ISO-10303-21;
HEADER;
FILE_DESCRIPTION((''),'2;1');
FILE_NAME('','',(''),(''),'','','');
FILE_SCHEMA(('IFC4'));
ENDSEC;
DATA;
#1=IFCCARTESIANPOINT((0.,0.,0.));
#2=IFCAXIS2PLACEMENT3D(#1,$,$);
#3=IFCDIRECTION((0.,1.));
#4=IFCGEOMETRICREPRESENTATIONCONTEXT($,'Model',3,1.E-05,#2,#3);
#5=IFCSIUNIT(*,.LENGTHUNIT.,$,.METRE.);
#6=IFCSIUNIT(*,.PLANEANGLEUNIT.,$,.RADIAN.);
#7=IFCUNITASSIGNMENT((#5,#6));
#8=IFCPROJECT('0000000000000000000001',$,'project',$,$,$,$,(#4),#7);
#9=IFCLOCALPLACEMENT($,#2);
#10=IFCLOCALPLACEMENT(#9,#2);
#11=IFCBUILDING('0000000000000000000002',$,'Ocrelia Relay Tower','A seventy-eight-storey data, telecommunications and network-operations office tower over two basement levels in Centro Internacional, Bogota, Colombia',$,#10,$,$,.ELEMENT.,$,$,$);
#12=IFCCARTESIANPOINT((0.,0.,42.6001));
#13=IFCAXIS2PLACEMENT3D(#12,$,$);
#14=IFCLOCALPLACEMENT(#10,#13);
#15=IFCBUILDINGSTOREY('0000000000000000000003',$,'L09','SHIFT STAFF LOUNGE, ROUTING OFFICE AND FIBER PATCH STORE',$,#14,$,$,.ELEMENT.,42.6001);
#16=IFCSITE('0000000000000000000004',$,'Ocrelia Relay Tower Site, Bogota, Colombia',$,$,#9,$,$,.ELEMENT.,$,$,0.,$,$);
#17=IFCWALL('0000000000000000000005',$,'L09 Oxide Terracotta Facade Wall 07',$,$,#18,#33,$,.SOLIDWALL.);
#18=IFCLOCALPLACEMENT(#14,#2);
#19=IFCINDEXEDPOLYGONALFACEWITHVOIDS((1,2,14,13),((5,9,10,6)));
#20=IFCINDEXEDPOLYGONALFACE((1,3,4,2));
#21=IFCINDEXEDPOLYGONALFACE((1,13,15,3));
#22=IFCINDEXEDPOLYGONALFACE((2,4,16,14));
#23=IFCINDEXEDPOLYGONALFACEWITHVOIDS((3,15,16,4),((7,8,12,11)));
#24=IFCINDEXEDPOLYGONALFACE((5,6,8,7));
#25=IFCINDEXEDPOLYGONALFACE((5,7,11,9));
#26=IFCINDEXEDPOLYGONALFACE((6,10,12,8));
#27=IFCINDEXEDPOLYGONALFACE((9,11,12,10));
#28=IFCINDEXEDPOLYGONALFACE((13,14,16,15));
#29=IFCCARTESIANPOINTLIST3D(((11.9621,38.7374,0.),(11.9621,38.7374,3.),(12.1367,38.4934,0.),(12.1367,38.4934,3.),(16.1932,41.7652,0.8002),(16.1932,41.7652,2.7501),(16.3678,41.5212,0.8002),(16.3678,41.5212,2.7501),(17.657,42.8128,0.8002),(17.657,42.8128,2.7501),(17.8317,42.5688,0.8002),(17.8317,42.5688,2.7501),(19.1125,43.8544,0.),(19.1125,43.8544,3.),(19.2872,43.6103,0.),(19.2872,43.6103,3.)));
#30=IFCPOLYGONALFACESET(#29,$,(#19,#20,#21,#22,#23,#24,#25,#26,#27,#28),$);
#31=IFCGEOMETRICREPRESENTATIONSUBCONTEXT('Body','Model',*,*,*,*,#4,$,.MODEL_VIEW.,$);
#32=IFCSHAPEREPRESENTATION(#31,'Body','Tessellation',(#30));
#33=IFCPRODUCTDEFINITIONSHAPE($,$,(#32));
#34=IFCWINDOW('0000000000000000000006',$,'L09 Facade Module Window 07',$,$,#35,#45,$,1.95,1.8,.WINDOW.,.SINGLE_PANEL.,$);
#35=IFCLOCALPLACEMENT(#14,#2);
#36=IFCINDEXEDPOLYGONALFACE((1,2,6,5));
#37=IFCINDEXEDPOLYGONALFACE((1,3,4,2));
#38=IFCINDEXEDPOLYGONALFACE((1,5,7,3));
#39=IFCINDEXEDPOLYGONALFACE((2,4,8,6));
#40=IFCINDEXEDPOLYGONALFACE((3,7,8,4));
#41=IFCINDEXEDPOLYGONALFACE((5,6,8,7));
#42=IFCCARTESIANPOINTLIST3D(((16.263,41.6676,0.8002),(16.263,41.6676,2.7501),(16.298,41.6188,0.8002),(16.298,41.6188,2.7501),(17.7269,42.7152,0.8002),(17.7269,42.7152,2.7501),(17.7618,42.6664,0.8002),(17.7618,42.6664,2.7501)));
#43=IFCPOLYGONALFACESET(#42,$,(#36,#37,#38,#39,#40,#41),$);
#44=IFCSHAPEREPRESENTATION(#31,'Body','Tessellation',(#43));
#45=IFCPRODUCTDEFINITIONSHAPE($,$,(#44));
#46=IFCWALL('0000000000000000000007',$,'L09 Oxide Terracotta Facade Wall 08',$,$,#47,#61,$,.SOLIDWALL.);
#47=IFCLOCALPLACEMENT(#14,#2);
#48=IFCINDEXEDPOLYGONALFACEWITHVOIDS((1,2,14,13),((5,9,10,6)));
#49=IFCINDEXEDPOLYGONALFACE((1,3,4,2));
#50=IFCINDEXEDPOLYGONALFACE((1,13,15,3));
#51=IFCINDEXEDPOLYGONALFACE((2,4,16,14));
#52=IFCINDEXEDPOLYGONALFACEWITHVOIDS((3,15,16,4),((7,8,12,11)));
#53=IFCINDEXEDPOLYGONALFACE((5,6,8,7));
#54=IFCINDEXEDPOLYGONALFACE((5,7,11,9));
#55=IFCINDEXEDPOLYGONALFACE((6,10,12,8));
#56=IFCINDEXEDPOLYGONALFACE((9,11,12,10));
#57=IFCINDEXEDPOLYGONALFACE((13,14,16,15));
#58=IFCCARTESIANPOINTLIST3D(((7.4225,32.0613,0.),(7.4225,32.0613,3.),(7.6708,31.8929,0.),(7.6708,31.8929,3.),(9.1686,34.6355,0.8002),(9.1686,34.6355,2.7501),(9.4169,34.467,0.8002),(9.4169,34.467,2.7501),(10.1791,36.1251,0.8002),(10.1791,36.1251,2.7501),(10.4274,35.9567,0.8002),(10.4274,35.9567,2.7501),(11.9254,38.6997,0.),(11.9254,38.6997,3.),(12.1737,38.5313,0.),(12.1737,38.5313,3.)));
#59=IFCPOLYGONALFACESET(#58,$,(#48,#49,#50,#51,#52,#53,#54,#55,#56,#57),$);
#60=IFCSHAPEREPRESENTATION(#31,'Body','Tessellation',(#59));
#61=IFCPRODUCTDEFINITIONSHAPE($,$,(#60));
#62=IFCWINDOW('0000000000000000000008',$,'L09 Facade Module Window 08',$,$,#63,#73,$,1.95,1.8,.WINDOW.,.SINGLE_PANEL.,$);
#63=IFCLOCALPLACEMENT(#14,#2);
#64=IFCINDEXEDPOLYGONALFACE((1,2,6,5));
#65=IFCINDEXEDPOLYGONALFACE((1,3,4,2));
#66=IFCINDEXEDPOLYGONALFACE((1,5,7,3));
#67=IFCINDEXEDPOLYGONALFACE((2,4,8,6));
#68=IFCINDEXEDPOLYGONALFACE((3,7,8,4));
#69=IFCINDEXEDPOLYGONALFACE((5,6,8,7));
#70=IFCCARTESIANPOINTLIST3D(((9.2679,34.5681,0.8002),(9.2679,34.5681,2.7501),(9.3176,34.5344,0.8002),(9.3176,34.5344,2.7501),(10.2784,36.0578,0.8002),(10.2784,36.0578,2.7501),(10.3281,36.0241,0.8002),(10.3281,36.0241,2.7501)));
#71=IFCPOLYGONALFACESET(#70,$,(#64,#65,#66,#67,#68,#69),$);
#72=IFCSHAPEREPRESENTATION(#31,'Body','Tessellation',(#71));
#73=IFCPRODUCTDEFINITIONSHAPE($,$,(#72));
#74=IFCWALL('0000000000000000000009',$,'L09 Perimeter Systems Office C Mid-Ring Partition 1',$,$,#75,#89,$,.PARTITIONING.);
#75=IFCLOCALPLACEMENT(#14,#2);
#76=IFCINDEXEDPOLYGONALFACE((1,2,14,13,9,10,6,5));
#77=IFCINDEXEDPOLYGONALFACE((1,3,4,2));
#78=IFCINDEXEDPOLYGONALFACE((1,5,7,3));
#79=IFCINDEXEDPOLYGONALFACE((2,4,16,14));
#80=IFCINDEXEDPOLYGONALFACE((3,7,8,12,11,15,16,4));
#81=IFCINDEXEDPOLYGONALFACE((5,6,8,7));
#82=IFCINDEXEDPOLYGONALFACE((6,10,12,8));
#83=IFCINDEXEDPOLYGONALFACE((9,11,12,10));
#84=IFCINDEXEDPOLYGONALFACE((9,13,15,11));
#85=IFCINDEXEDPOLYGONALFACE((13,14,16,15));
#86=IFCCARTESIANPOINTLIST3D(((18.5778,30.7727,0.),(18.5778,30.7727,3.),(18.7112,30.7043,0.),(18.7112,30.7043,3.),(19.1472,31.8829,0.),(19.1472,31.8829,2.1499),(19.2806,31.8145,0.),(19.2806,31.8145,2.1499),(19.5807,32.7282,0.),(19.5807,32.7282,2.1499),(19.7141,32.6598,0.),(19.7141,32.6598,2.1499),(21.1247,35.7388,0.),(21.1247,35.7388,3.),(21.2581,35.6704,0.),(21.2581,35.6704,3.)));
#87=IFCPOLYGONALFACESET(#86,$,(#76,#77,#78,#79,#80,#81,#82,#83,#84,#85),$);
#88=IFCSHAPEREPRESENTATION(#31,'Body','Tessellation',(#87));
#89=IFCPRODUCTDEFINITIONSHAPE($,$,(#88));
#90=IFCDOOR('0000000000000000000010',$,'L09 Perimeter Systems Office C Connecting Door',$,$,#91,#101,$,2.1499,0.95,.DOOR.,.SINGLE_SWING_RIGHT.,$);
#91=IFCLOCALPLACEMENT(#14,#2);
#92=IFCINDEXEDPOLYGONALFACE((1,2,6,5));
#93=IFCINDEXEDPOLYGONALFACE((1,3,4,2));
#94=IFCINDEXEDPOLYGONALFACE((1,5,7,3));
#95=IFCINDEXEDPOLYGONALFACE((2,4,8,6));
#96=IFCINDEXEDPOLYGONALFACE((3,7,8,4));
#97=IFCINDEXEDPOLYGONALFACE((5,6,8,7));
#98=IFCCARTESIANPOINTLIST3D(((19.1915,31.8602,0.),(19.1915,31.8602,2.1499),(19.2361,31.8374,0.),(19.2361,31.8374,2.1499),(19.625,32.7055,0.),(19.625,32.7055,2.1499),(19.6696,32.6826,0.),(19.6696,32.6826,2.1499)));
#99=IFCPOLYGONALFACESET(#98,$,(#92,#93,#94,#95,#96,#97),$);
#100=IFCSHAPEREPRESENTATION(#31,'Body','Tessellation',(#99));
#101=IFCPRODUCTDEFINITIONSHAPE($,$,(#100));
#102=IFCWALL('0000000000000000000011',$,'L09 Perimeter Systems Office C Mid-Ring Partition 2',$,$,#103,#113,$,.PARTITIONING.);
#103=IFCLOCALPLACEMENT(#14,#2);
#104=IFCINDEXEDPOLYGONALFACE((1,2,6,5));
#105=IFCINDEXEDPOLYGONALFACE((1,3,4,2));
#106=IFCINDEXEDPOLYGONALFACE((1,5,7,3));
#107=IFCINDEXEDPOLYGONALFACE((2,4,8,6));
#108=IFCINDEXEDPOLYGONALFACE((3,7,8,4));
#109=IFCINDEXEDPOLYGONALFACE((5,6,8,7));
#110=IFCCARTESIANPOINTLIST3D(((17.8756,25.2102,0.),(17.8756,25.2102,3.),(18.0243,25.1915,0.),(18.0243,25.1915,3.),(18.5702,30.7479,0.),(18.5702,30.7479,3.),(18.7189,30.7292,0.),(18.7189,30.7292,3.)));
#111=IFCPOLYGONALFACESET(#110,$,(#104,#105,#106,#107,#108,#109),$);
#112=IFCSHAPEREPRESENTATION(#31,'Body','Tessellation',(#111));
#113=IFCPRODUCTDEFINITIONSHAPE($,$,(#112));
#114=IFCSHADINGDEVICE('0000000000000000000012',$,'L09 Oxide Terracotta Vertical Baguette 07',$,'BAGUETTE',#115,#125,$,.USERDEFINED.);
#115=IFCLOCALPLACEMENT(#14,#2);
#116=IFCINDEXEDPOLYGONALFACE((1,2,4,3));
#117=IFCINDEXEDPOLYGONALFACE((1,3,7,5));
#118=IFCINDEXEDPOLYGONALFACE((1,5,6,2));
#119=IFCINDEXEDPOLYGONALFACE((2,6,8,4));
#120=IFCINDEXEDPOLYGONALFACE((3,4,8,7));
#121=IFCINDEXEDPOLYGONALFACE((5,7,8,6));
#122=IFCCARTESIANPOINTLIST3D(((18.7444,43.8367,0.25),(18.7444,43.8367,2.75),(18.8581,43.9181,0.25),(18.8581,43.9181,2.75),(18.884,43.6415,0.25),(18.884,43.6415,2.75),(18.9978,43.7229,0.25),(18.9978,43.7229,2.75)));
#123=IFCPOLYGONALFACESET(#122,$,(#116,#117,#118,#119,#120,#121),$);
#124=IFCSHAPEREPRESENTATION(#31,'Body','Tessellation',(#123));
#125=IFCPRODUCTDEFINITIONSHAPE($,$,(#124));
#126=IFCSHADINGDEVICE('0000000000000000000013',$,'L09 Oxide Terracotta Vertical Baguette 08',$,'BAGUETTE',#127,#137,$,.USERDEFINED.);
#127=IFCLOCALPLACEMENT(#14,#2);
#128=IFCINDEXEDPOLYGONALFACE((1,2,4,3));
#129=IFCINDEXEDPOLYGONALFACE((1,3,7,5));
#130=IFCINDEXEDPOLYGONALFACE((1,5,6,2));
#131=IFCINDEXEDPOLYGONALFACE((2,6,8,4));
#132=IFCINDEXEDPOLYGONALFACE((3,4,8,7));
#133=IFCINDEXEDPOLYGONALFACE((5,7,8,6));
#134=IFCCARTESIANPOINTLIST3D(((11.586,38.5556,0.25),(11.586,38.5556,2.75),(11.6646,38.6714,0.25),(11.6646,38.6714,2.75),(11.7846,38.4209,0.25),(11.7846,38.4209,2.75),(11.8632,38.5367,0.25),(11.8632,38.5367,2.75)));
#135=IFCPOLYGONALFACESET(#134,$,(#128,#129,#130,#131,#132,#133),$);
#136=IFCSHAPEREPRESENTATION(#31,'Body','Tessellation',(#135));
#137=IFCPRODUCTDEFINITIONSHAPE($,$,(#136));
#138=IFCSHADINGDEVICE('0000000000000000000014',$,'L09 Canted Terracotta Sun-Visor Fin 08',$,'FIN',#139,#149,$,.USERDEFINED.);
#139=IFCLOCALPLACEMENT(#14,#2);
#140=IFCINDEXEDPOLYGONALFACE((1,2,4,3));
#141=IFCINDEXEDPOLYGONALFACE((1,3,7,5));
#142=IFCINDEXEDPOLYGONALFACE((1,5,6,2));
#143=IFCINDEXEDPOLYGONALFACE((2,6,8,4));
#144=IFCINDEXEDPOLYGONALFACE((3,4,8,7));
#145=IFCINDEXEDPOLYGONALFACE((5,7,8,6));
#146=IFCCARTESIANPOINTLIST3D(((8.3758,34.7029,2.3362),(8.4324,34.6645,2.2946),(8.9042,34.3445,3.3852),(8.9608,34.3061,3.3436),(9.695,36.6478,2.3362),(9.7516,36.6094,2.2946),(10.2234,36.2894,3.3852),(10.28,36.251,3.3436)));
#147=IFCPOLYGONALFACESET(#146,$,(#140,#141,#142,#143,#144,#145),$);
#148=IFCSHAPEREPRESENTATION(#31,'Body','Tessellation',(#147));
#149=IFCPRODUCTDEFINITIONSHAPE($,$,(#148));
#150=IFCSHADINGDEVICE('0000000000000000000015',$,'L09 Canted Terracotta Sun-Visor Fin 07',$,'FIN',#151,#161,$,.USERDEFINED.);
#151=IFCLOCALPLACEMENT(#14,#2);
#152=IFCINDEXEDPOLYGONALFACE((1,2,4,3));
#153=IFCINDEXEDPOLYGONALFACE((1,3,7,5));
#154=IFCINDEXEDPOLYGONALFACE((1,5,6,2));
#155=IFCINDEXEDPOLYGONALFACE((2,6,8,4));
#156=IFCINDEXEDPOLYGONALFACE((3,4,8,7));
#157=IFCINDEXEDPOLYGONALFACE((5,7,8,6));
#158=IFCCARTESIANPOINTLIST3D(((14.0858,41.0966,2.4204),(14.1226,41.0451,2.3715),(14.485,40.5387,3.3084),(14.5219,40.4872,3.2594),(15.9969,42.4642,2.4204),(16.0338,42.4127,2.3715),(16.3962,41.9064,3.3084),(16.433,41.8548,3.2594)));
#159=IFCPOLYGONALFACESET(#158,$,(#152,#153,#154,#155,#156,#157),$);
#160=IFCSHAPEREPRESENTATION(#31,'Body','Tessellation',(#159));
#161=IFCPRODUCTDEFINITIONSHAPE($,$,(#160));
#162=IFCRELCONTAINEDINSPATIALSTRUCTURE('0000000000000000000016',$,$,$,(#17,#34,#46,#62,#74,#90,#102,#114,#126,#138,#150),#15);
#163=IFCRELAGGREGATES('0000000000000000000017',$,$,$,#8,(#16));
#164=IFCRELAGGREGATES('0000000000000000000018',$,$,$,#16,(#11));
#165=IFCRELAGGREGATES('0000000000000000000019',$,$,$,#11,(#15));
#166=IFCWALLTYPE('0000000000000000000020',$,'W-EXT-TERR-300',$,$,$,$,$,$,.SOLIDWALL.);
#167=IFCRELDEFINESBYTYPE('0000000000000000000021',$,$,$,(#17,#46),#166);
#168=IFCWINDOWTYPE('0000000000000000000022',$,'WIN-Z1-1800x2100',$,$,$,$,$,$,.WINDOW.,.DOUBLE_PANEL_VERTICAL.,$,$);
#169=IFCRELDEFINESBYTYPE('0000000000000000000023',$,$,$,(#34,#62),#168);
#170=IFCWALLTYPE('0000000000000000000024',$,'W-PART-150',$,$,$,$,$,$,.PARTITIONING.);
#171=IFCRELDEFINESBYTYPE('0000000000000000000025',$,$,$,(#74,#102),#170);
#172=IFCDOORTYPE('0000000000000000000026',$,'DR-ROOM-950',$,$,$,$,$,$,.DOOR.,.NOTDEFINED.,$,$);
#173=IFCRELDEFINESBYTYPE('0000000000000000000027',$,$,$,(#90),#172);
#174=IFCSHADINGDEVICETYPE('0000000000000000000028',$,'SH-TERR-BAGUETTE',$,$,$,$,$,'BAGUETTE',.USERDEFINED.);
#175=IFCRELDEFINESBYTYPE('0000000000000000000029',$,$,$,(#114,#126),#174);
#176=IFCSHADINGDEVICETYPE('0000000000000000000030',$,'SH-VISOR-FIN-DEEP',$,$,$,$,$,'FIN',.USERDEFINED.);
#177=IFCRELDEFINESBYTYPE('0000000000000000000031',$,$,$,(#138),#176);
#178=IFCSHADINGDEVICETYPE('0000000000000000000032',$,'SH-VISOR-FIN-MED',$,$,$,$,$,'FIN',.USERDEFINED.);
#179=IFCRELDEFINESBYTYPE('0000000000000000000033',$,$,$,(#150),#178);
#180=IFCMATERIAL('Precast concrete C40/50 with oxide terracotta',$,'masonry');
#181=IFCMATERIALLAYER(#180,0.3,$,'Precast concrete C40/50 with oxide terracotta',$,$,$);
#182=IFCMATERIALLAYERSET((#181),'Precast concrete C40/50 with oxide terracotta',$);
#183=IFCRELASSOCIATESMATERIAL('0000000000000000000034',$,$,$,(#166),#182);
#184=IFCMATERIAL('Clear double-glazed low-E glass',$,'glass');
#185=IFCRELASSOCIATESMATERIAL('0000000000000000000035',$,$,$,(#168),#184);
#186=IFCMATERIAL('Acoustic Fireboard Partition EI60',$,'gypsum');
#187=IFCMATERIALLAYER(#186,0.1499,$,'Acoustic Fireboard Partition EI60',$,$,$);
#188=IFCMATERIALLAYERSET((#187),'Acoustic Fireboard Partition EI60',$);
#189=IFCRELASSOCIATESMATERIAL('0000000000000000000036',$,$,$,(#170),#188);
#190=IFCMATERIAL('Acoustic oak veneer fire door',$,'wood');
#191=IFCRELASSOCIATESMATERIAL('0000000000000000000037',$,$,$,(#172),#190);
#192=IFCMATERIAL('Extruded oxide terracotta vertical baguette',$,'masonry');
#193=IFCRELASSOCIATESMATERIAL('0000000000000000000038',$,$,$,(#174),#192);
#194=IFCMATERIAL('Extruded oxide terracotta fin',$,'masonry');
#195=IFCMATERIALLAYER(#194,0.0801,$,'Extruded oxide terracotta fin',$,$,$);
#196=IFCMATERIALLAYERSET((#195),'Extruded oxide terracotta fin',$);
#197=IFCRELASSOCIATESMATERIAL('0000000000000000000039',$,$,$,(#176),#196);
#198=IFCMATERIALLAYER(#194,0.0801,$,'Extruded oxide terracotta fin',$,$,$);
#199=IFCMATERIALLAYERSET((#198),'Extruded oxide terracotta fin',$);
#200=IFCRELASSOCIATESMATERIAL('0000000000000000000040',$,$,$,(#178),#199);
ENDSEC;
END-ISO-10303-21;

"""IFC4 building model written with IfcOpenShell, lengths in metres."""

from ifc_helpers import new_model, si_unit, direction, frame, frame_2d, origin, origin_2d, place, context, subcontext, project, spatial, rectangle, extrude, material, layer, layer_set, type_object, element, fill, save


model = new_model("IFC4")

# Units and contexts
model_context = context("Model", 3, precision=1e-05, world=origin(), true_north=direction((0.0, 1.0)))
body_context = subcontext(model_context, "Body", "Model", "MODEL_VIEW")
ifc_project = project(units=[si_unit("LENGTHUNIT", "METRE"), si_unit("PLANEANGLEUNIT", "RADIAN")], contexts=[model_context])

# Site, building, storey
site_placement = place(None, origin())
site = spatial("IfcSite", under=ifc_project, at=site_placement, Name="Ocrelia Relay Tower Site, Bogota, Colombia", CompositionType="ELEMENT", RefElevation=0.0)
building_placement = place(site_placement, origin())
building = spatial("IfcBuilding", under=site, at=building_placement, Name="Ocrelia Relay Tower", Description="A seventy-eight-storey data, telecommunications and network-operations office tower over two basement levels in Centro Internacional, Bogota, Colombia", CompositionType="ELEMENT")
storey_placement = place(building_placement, frame((0.0, 0.0, 42.6001)))
storey = spatial("IfcBuildingStorey", under=building, at=storey_placement, Name="L09", Description="SHIFT STAFF LOUNGE, ROUTING OFFICE AND FIBER PATCH STORE", CompositionType="ELEMENT", Elevation=42.6001)

# Shared definitions
ifc_material_1 = material(Name="Clear double-glazed low-E glass", Category="glass")

# Walls, openings, windows
ifc_material_2 = material(Name="Precast concrete C40/50 with oxide terracotta", Category="masonry")
ifc_layer_1 = layer(ifc_material_2, 0.3, Name="Precast concrete C40/50 with oxide terracotta")
ifc_layer_set_1 = layer_set([ifc_layer_1], Name="Precast concrete C40/50 with oxide terracotta")
wall_type_1 = type_object("IfcWallType", Name="W-EXT-TERR-300", PredefinedType="SOLIDWALL", material=ifc_layer_set_1)
wall_1_placement = place(storey_placement, frame((19.2, 43.7324, 0.0), z_axis=(0.0, 0.0, 1.0), x_axis=(-0.813221, -0.581955, 0.0)))
wall_1 = element("IfcWall", 1, at=wall_1_placement, inside=storey, type_object=wall_type_1, Name="L09 Oxide Terracotta Facade Wall 07", PredefinedType="SOLIDWALL", context=body_context, shape_type="SweptSolid", body=[
    extrude(rectangle(XDim=8.7927, YDim=0.3, at=frame_2d((4.3965, 0.0))), origin(), (0.0, 0.0, 1.0), 3.0),
])
opening_1_placement = place(wall_1_placement, frame((1.79, 0.0, 0.8)))
opening_1 = element("IfcOpeningElement", 2, at=opening_1_placement, cuts=wall_1, PredefinedType="OPENING", context=body_context, shape_type="SweptSolid", body=[
    extrude(rectangle(XDim=1.8, YDim=1.95, at=frame_2d((0.8999, 0.9751))), frame((0.0, 0.1602, 0.0), z_axis=(0.0, -1.0, 0.0), x_axis=(1.0, 0.0, 0.0)), (0.0, 0.0, 1.0), 0.3201),
])
window_type = type_object("IfcWindowType", Name="WIN-Z1-1800x2100", PartitioningType="DOUBLE_PANEL_VERTICAL", PredefinedType="WINDOW", material=ifc_material_1)
window_1_placement = place(opening_1_placement, origin())
window_1 = element("IfcWindow", 3, at=window_1_placement, inside=storey, type_object=window_type, Name="L09 Facade Module Window 07", OverallHeight=1.95, OverallWidth=1.8, PartitioningType="SINGLE_PANEL", PredefinedType="WINDOW", context=body_context, shape_type="SweptSolid", body=[
    extrude(rectangle(XDim=1.8, YDim=1.95, at=frame_2d((0.8999, 0.9751))), frame((0.0, 0.03, 0.0), z_axis=(0.0, -1.0, 0.0), x_axis=(1.0, 0.0, 0.0)), (0.0, 0.0, 1.0), 0.0601),
])
fill(opening_1, window_1)
wall_2_placement = place(storey_placement, frame((12.0496, 38.6155, 0.0), z_axis=(0.0, 0.0, 1.0), x_axis=(-0.561355, -0.827575, 0.0)))
wall_2 = element("IfcWall", 4, at=wall_2_placement, inside=storey, type_object=wall_type_1, Name="L09 Oxide Terracotta Facade Wall 08", PredefinedType="SOLIDWALL", context=body_context, shape_type="SweptSolid", body=[
    extrude(rectangle(XDim=8.0215, YDim=0.3, at=frame_2d((4.0107, 0.0))), origin(), (0.0, 0.0, 1.0), 3.0),
])
opening_2_placement = place(wall_2_placement, frame((3.1111, 0.0, 0.8)))
opening_2 = element("IfcOpeningElement", 5, at=opening_2_placement, cuts=wall_2, PredefinedType="OPENING", context=body_context, shape_type="SweptSolid", body=[
    extrude(rectangle(XDim=1.8, YDim=1.95, at=frame_2d((0.8999, 0.9751))), frame((0.0, 0.1602, 0.0), z_axis=(0.0, -1.0, 0.0), x_axis=(1.0, 0.0, 0.0)), (0.0, 0.0, 1.0), 0.3201),
])
window_2_placement = place(opening_2_placement, origin())
window_2 = element("IfcWindow", 6, at=window_2_placement, inside=storey, type_object=window_type, Name="L09 Facade Module Window 08", OverallHeight=1.95, OverallWidth=1.8, PartitioningType="SINGLE_PANEL", PredefinedType="WINDOW", context=body_context, shape_type="SweptSolid", body=[
    extrude(rectangle(XDim=1.8, YDim=1.95, at=frame_2d((0.8999, 0.9751))), frame((0.0, 0.03, 0.0), z_axis=(0.0, -1.0, 0.0), x_axis=(1.0, 0.0, 0.0)), (0.0, 0.0, 1.0), 0.0601),
])
fill(opening_2, window_2)

# Wall, opening, door
ifc_material_3 = material(Name="Acoustic Fireboard Partition EI60", Category="gypsum")
ifc_layer_2 = layer(ifc_material_3, 0.1499, Name="Acoustic Fireboard Partition EI60")
ifc_layer_set_2 = layer_set([ifc_layer_2], Name="Acoustic Fireboard Partition EI60")
wall_type_2 = type_object("IfcWallType", Name="W-PART-150", PredefinedType="PARTITIONING", material=ifc_layer_set_2)
wall_3_placement = place(storey_placement, frame((21.1914, 35.7046, 0.0), z_axis=(0.0, 0.0, 1.0), x_axis=(-0.456342, -0.889805, 0.0)))
wall_3 = element("IfcWall", 7, at=wall_3_placement, inside=storey, type_object=wall_type_2, Name="L09 Perimeter Systems Office C Mid-Ring Partition 1", PredefinedType="PARTITIONING", context=body_context, shape_type="SweptSolid", body=[
    extrude(rectangle(XDim=5.5811, YDim=0.1499, at=frame_2d((2.7905, 0.0))), origin(), (0.0, 0.0, 1.0), 3.0),
])
opening_3_placement = place(wall_3_placement, frame((3.3833, 0.0, 0.0)))
opening_3 = element("IfcOpeningElement", 8, at=opening_3_placement, cuts=wall_3, PredefinedType="OPENING", context=body_context, shape_type="SweptSolid", body=[
    extrude(rectangle(XDim=0.95, YDim=2.1499, at=frame_2d((0.4751, 1.075))), frame((0.0, 0.085, 0.0), z_axis=(0.0, -1.0, 0.0), x_axis=(1.0, 0.0, 0.0)), (0.0, 0.0, 1.0), 0.1699),
])
ifc_material_4 = material(Name="Acoustic oak veneer fire door", Category="wood")
door_type = type_object("IfcDoorType", Name="DR-ROOM-950", OperationType="NOTDEFINED", PredefinedType="DOOR", material=ifc_material_4)
door_placement = place(opening_3_placement, origin())
door = element("IfcDoor", 9, at=door_placement, inside=storey, type_object=door_type, Name="L09 Perimeter Systems Office C Connecting Door", OperationType="SINGLE_SWING_RIGHT", OverallHeight=2.1499, OverallWidth=0.95, PredefinedType="DOOR", context=body_context, shape_type="SweptSolid", body=[
    extrude(rectangle(XDim=0.95, YDim=2.1499, at=frame_2d((0.4751, 1.075))), frame((0.0, 0.0249, 0.0), z_axis=(0.0, -1.0, 0.0), x_axis=(1.0, 0.0, 0.0)), (0.0, 0.0, 1.0), 0.05),
])
fill(opening_3, door)

# Wall
wall_4_placement = place(storey_placement, frame((18.6445, 30.7385, 0.0), z_axis=(0.0, 0.0, 1.0), x_axis=(-0.124455, -0.992225, 0.0)))
element("IfcWall", 10, at=wall_4_placement, inside=storey, type_object=wall_type_2, Name="L09 Perimeter Systems Office C Mid-Ring Partition 2", PredefinedType="PARTITIONING", context=body_context, shape_type="SweptSolid", body=[
    extrude(rectangle(XDim=5.5811, YDim=0.1499, at=frame_2d((2.7905, 0.0))), origin(), (0.0, 0.0, 1.0), 3.0),
])

# Shading devices
ifc_material_5 = material(Name="Extruded oxide terracotta vertical baguette", Category="masonry")
shading_device_type_1 = type_object("IfcShadingDeviceType", Name="SH-TERR-BAGUETTE", ElementType="BAGUETTE", PredefinedType="USERDEFINED", material=ifc_material_5)
for number, where, z_axis, x_axis, name in (
    (11, (18.8711, 43.7798, 0.25), (0.0, 0.0, 1.0), (-0.813229, -0.581944, 0.0), "L09 Oxide Terracotta Vertical Baguette 07"),
    (12, (11.7246, 38.5461, 0.25), (0.0, 0.0, 1.0), (-0.561357, -0.827574, 0.0), "L09 Oxide Terracotta Vertical Baguette 08"),
):
    element("IfcShadingDevice", number, at=place(storey_placement, frame(where, z_axis=z_axis, x_axis=x_axis)), inside=storey, type_object=shading_device_type_1, Name=name, ObjectType="BAGUETTE", PredefinedType="USERDEFINED", context=body_context, shape_type="SweptSolid", body=[
        extrude(rectangle(XDim=0.1399, YDim=0.24, at=origin_2d()), origin(), (0.0, 0.0, 1.0), 2.5),
    ])
ifc_material_6 = material(Name="Extruded oxide terracotta fin", Category="masonry")
ifc_layer_3 = layer(ifc_material_6, 0.0801, Name="Extruded oxide terracotta fin")
ifc_layer_set_3 = layer_set([ifc_layer_3], Name="Extruded oxide terracotta fin")
shading_device_type_2 = type_object("IfcShadingDeviceType", Name="SH-VISOR-FIN-DEEP", ElementType="FIN", PredefinedType="USERDEFINED", material=ifc_layer_set_3)
shading_device_1_placement = place(storey_placement, frame((9.3562, 35.4578, 2.8191), z_axis=(-0.706903, 0.479503, 0.519966), x_axis=(-0.561357, -0.827574, 0.0)))
element("IfcShadingDevice", 13, at=shading_device_1_placement, inside=storey, type_object=shading_device_type_2, Name="L09 Canted Terracotta Sun-Visor Fin 08", ObjectType="FIN", PredefinedType="USERDEFINED", context=body_context, shape_type="SweptSolid", body=[
    extrude(rectangle(XDim=2.3501, YDim=1.228, at=origin_2d()), origin(), (0.0, 0.0, 1.0), 0.0801),
])
ifc_layer_4 = layer(ifc_material_6, 0.0801, Name="Extruded oxide terracotta fin")
ifc_layer_set_4 = layer_set([ifc_layer_4], Name="Extruded oxide terracotta fin")
shading_device_type_3 = type_object("IfcShadingDeviceType", Name="SH-VISOR-FIN-MED", ElementType="FIN", PredefinedType="USERDEFINED", material=ifc_layer_set_4)
shading_device_2_placement = place(storey_placement, frame((15.2778, 41.45, 2.8154), z_axis=(-0.46051, 0.643533, 0.611389), x_axis=(-0.813229, -0.581944, 0.0)))
element("IfcShadingDevice", 14, at=shading_device_2_placement, inside=storey, type_object=shading_device_type_3, Name="L09 Canted Terracotta Sun-Visor Fin 07", ObjectType="FIN", PredefinedType="USERDEFINED", context=body_context, shape_type="SweptSolid", body=[
    extrude(rectangle(XDim=2.3501, YDim=1.1221, at=origin_2d()), origin(), (0.0, 0.0, 1.0), 0.0801),
])

save(model, "model.ifc")
